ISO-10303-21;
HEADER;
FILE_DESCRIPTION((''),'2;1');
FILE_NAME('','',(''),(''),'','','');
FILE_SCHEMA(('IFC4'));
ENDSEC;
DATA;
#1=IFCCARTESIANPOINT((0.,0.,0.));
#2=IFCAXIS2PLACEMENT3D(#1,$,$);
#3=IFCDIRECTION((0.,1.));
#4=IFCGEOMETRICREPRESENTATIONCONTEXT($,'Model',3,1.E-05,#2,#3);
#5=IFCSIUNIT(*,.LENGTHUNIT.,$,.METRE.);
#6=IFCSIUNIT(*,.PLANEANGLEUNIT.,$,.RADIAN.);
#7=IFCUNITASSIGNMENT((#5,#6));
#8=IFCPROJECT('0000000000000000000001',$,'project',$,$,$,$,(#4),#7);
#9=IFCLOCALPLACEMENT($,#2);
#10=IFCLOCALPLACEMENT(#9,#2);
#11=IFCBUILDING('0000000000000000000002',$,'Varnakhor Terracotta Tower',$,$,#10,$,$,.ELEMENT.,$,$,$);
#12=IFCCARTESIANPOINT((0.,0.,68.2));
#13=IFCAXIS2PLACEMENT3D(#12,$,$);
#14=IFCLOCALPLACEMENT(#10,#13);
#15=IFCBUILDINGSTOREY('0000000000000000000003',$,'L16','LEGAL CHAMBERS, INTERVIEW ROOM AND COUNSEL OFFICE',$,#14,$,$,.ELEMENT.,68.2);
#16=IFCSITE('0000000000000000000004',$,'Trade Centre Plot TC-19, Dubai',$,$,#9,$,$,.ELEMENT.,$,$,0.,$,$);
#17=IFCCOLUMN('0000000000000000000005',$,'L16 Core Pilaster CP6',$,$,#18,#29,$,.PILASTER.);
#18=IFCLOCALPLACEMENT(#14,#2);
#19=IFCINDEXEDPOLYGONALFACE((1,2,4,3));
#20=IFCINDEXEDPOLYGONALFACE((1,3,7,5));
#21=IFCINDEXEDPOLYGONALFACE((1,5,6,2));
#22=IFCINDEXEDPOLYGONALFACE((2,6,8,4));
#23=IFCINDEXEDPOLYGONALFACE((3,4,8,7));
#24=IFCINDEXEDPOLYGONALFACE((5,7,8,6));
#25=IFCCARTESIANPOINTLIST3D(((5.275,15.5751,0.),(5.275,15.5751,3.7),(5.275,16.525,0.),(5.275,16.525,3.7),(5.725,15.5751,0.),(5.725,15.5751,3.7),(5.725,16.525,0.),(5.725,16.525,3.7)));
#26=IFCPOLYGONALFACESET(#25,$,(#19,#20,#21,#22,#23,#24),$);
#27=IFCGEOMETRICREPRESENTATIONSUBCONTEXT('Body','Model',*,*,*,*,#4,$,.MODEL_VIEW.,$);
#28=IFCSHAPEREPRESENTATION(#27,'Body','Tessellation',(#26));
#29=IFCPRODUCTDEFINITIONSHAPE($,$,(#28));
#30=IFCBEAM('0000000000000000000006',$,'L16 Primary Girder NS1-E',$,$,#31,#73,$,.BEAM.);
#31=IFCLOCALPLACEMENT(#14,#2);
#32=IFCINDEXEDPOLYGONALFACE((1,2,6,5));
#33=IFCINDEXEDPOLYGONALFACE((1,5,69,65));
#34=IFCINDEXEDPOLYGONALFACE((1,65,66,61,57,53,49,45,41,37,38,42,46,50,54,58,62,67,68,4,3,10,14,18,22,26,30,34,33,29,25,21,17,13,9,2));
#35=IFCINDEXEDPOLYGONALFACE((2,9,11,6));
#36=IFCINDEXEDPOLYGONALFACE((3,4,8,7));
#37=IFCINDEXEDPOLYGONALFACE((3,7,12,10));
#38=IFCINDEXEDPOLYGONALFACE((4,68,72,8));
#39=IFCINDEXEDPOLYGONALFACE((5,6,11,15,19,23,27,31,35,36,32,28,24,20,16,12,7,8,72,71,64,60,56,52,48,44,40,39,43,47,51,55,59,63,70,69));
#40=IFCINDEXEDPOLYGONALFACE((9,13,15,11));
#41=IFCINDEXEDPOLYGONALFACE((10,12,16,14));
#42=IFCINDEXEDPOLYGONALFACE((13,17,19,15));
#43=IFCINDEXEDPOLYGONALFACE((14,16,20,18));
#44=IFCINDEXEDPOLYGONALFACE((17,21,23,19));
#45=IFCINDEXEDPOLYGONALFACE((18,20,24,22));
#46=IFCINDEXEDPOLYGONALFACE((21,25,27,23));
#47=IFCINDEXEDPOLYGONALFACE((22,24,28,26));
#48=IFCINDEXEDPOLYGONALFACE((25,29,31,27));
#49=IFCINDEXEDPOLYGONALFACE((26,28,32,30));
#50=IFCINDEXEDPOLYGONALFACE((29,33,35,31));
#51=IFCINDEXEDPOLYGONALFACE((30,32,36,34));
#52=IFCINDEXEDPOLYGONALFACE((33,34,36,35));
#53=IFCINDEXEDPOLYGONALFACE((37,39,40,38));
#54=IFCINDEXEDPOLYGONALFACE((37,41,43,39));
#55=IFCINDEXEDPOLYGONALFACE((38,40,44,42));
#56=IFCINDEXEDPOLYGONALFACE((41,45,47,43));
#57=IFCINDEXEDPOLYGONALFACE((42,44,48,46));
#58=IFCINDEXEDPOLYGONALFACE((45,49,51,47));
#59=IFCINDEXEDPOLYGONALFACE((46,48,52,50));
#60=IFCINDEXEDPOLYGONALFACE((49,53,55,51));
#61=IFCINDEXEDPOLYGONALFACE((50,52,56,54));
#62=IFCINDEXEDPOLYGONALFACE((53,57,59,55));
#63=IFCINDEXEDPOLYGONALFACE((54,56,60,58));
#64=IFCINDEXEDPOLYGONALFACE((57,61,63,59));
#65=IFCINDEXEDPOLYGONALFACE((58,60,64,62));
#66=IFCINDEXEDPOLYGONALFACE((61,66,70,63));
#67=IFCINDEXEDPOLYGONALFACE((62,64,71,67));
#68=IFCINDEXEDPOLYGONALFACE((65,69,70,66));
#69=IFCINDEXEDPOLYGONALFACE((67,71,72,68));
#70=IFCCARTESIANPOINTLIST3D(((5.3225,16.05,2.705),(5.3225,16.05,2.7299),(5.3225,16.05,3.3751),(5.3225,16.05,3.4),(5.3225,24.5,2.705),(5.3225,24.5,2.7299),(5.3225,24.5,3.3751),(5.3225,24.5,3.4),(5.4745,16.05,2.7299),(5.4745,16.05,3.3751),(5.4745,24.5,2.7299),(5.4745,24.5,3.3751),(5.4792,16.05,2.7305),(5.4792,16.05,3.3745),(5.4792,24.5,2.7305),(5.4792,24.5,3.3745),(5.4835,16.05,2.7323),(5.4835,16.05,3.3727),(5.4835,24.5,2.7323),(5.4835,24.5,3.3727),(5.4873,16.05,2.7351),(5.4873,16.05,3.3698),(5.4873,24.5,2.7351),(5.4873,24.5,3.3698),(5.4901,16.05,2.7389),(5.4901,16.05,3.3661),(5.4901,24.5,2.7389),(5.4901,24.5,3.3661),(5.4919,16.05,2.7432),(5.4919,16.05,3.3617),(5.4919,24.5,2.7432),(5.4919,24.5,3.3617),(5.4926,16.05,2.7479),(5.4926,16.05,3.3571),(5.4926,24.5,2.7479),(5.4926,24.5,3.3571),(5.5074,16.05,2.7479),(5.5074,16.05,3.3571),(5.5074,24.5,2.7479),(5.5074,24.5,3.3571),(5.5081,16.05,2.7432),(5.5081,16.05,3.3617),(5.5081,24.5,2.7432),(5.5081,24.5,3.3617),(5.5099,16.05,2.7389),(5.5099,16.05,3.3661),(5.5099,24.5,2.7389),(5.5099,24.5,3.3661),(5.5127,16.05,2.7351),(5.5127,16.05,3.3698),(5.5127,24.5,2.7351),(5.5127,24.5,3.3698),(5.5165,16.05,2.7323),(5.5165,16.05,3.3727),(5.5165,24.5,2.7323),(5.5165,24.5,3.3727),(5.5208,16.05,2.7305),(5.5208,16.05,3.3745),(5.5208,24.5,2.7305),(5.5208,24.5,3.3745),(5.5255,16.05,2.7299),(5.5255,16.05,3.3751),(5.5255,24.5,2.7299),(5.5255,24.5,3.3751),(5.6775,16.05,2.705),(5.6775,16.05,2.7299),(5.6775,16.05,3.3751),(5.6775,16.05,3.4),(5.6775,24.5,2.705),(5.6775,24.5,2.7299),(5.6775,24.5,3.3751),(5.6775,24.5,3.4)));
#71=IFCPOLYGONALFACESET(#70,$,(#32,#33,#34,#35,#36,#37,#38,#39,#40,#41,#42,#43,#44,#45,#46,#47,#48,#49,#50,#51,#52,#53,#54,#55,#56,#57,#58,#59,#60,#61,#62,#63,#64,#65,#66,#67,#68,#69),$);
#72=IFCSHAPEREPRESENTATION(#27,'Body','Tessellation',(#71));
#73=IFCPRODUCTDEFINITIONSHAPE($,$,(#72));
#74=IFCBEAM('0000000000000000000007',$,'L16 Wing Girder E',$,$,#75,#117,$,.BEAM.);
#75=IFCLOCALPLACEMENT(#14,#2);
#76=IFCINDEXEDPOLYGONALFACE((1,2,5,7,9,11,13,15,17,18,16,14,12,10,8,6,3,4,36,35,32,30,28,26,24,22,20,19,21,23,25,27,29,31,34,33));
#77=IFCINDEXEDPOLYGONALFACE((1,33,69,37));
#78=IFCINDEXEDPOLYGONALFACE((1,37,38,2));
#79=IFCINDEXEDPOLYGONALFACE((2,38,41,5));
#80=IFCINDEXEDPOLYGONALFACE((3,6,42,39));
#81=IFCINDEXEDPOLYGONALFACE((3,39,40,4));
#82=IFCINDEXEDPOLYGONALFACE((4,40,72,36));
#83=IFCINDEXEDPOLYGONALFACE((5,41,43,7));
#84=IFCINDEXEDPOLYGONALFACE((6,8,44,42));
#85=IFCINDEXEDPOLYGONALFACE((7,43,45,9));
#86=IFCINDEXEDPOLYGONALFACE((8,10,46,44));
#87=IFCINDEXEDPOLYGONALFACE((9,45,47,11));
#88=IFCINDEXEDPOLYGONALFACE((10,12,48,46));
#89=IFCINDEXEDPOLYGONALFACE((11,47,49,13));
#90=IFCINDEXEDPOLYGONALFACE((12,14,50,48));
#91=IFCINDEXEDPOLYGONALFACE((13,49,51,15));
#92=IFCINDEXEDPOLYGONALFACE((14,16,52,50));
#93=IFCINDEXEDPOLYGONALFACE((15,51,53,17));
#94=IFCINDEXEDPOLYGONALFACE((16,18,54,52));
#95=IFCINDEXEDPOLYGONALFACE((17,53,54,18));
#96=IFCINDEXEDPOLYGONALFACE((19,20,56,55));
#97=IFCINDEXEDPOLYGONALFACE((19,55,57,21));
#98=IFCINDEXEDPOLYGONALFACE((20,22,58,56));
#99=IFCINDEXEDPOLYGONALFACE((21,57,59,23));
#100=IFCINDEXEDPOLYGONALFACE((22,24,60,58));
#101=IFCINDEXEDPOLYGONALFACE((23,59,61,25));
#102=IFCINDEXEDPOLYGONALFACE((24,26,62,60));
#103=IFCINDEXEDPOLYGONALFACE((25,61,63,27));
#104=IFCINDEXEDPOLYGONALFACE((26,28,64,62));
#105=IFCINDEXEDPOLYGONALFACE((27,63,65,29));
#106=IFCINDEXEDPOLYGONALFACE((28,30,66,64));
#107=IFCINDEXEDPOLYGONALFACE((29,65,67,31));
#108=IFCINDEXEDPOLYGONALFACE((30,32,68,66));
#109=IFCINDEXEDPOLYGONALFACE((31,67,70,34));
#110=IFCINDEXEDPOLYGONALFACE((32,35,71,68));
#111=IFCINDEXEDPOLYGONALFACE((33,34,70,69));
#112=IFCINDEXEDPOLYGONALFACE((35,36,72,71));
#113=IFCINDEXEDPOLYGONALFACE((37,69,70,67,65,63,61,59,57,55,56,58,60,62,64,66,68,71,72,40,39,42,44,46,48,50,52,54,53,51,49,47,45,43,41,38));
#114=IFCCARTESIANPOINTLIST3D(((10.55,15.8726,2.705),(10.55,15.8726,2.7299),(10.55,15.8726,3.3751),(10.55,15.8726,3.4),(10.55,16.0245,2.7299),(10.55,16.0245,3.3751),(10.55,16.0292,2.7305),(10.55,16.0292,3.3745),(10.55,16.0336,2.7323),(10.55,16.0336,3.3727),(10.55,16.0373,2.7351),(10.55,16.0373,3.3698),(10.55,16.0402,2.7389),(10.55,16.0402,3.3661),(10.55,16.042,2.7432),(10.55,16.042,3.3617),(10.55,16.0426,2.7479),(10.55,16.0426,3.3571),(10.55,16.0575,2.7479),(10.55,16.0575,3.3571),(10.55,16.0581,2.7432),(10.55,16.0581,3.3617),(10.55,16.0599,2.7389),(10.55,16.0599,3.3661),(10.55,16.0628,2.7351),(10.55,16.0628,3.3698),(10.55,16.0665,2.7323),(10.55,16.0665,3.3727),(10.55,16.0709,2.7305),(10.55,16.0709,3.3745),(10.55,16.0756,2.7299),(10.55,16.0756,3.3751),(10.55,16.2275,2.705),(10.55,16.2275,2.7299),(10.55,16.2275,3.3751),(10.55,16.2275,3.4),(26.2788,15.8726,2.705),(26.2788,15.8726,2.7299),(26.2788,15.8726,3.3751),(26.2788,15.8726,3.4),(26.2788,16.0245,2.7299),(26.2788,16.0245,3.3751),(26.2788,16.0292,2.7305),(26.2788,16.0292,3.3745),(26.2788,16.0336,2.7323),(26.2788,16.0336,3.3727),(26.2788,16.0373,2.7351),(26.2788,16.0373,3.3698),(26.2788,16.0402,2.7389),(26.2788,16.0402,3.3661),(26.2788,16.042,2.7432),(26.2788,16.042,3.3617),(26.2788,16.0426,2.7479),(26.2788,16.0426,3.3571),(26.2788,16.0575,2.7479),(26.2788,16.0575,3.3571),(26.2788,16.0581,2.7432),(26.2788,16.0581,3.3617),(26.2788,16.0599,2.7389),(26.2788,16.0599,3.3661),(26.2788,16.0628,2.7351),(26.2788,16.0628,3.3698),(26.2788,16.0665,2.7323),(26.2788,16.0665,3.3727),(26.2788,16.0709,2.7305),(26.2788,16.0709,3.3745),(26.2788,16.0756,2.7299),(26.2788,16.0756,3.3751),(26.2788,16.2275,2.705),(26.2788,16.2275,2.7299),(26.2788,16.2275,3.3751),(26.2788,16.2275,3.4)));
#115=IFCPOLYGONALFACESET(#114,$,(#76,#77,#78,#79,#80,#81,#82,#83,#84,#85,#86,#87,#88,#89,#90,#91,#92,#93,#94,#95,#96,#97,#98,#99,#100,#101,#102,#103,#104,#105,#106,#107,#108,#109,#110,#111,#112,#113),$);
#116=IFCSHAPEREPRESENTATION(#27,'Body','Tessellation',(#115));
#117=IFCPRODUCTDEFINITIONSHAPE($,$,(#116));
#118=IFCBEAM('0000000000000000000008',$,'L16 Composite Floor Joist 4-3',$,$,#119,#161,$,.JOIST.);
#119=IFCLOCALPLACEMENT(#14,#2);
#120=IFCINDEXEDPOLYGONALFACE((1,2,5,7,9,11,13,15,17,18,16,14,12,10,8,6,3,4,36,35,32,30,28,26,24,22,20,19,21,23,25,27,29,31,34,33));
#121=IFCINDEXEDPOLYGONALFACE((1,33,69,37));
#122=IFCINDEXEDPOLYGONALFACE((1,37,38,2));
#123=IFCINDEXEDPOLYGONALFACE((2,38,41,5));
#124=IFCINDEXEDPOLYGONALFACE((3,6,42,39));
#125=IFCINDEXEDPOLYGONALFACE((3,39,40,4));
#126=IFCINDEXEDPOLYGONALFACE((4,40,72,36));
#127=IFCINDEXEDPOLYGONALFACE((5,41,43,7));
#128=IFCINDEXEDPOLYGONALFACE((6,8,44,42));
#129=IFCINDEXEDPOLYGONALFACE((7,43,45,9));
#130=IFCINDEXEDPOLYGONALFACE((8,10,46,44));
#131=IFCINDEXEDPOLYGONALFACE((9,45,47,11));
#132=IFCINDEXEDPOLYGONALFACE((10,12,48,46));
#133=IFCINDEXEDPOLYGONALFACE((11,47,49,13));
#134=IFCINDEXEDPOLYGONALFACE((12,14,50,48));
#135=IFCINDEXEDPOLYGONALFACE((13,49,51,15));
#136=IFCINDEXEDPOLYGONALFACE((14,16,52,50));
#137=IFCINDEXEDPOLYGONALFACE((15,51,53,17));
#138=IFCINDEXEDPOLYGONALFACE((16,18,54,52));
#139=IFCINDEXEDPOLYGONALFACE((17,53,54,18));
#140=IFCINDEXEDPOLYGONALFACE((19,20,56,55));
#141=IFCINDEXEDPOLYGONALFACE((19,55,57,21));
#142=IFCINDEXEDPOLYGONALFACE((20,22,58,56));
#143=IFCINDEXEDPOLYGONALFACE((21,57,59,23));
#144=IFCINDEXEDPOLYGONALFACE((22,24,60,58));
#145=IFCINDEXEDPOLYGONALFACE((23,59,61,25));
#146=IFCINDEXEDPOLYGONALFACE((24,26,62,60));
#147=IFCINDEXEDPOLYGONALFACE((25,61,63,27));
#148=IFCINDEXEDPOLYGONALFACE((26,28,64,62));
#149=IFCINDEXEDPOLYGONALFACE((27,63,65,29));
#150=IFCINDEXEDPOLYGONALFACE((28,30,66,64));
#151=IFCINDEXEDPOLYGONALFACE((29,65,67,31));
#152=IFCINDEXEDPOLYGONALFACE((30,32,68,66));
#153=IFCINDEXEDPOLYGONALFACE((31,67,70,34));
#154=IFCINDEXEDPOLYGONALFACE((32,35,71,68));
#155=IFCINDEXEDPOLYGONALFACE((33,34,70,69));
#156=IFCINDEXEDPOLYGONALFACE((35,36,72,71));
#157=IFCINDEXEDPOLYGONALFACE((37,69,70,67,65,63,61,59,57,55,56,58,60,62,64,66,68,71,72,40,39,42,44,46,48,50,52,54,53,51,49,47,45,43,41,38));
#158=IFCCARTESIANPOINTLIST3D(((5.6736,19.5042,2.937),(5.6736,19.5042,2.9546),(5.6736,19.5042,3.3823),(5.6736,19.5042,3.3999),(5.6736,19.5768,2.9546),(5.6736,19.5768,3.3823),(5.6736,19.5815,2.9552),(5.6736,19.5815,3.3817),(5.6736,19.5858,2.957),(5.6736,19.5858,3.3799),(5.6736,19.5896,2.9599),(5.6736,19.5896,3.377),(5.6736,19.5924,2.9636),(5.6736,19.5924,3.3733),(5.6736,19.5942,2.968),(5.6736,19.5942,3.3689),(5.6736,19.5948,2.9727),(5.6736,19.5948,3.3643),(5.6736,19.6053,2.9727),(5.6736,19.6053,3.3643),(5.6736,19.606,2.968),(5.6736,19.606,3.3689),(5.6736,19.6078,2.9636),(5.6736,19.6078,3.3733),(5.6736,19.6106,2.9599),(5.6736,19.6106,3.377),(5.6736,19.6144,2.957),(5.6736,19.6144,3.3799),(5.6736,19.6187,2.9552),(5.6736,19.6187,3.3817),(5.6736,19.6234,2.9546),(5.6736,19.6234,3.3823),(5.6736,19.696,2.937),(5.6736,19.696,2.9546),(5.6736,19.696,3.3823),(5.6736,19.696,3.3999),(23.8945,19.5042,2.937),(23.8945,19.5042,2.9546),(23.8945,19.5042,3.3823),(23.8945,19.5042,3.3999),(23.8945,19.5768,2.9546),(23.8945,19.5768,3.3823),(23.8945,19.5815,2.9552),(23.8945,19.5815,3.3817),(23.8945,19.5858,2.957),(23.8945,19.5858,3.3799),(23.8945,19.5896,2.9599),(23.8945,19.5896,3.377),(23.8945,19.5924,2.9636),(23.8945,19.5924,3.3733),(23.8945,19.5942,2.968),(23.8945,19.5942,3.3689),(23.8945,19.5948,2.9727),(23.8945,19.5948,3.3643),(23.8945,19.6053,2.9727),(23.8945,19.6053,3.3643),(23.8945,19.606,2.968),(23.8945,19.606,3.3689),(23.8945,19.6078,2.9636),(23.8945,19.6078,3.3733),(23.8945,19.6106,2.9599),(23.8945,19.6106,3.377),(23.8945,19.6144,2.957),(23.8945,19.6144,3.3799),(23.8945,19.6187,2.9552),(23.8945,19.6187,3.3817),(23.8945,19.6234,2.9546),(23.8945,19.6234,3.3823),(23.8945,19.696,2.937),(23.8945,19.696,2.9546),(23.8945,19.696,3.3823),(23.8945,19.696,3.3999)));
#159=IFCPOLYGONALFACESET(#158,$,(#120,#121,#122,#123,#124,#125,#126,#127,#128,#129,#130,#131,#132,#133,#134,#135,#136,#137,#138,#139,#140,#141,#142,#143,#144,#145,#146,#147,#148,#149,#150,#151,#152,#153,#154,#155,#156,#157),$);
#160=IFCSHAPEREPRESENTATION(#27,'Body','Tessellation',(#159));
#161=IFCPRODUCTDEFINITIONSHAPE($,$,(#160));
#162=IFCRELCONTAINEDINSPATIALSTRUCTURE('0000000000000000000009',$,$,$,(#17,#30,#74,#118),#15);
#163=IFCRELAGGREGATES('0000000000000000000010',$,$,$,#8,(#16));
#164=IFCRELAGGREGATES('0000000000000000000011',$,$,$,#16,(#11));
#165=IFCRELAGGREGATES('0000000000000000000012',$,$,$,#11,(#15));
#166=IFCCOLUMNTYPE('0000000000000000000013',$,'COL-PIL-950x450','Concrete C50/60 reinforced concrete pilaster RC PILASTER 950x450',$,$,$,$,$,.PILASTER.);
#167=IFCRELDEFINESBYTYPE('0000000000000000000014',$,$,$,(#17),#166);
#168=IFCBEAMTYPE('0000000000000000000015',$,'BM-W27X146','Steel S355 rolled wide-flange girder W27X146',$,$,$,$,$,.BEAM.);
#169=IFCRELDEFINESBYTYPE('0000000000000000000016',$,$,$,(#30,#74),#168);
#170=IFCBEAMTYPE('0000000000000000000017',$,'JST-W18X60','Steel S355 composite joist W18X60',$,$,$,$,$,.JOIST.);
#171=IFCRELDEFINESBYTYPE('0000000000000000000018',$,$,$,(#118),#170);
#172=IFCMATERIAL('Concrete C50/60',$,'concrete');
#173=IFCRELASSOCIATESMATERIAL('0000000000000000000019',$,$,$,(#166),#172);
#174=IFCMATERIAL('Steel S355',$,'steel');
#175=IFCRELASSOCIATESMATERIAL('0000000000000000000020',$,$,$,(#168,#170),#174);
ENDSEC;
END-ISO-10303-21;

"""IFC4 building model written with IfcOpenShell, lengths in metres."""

from ifc_helpers import new_model, si_unit, direction, frame, origin, origin_2d, place, context, subcontext, project, spatial, rectangle, i_section, extrude, source, transform, mapped, material, material_profile, profile_set, type_object, type_shapes, element, save


model = new_model("IFC4")

# Units and contexts
model_context = context("Model", 3, precision=1e-05, world=origin(), true_north=direction((0.0, 1.0)))
body_context = subcontext(model_context, "Body", "Model", "MODEL_VIEW")
ifc_project = project(units=[si_unit("LENGTHUNIT", "METRE"), si_unit("PLANEANGLEUNIT", "RADIAN")], contexts=[model_context])

# Site, building, storey
site_placement = place(None, origin())
site = spatial("IfcSite", under=ifc_project, at=site_placement, Name="Trade Centre Plot TC-19, Dubai", CompositionType="ELEMENT", RefElevation=0.0)
building_placement = place(site_placement, origin())
building = spatial("IfcBuilding", under=site, at=building_placement, Name="Varnakhor Terracotta Tower", CompositionType="ELEMENT")
storey_placement = place(building_placement, frame((0.0, 0.0, 68.2)))
storey = spatial("IfcBuildingStorey", under=building, at=storey_placement, Name="L16", Description="LEGAL CHAMBERS, INTERVIEW ROOM AND COUNSEL OFFICE", CompositionType="ELEMENT", Elevation=68.2)

# Column
ifc_material_1 = material(Name="Concrete C50/60", Category="concrete")
ifc_material_profile_1 = material_profile(ifc_material_1, rectangle(XDim=0.45, YDim=0.95, at=origin_2d()), Name="RC PILASTER 950x450")
ifc_profile_set_1 = profile_set([ifc_material_profile_1], Name="Concrete C50/60")
column_type = type_object("IfcColumnType", Name="COL-PIL-950x450", Description="Concrete C50/60 reinforced concrete pilaster RC PILASTER 950x450", PredefinedType="PILASTER", material=ifc_profile_set_1)
shared_shape_1 = source(origin(), body_context, "Body", "SweptSolid", [
    extrude(rectangle(XDim=0.45, YDim=0.95, at=origin_2d()), origin(), (0.0, 0.0, 1.0), 3.7),
])
column_placement = place(storey_placement, frame((5.5, 16.05, 0.0), z_axis=(0.0, 0.0, 1.0), x_axis=(1.0, 0.0, 0.0)))
element("IfcColumn", 1, at=column_placement, inside=storey, type_object=column_type, Name="L16 Core Pilaster CP6", PredefinedType="PILASTER", context=body_context, shape_type="MappedRepresentation", body=[
    mapped(shared_shape_1, transform((0.0, 0.0, 0.0), scale=1.0)),
])

# Beams
ifc_material_2 = material(Name="Steel S355", Category="steel")
ifc_material_profile_2 = material_profile(ifc_material_2, i_section(OverallWidth=0.355, OverallDepth=0.6951, WebThickness=0.0149, FlangeThickness=0.0249, FilletRadius=0.0181, at=origin_2d()), Name="W27X146")
ifc_profile_set_2 = profile_set([ifc_material_profile_2], Name="Steel S355")
beam_type_1 = type_object("IfcBeamType", Name="BM-W27X146", Description="Steel S355 rolled wide-flange girder W27X146", PredefinedType="BEAM", material=ifc_profile_set_2)
shared_shape_2 = source(origin(), body_context, "Body", "SweptSolid", [
    extrude(i_section(OverallWidth=0.355, OverallDepth=0.6951, WebThickness=0.0149, FlangeThickness=0.0249, FilletRadius=0.0181, at=origin_2d()), origin(), (0.0, 0.0, 1.0), 8.45),
])
type_shapes(beam_type_1, [shared_shape_2])
beam_1_placement = place(storey_placement, frame((5.5, 16.05, 3.0525), z_axis=(0.0, 1.0, 0.0), x_axis=(-1.0, 0.0, 0.0)))
element("IfcBeam", 2, at=beam_1_placement, inside=storey, type_object=beam_type_1, Name="L16 Primary Girder NS1-E", PredefinedType="BEAM", context=body_context, shape_type="MappedRepresentation", body=[
    mapped(shared_shape_2, transform((0.0, 0.0, 0.0), scale=1.0)),
])
shared_shape_3 = source(origin(), body_context, "Body", "SweptSolid", [
    extrude(i_section(OverallWidth=0.355, OverallDepth=0.6951, WebThickness=0.0149, FlangeThickness=0.0249, FilletRadius=0.0181, at=origin_2d()), origin(), (0.0, 0.0, 1.0), 15.7288),
])
beam_2_placement = place(storey_placement, frame((10.55, 16.05, 3.0525), z_axis=(1.0, 0.0, 0.0), x_axis=(0.0, 1.0, 0.0)))
element("IfcBeam", 3, at=beam_2_placement, inside=storey, type_object=beam_type_1, Name="L16 Wing Girder E", PredefinedType="BEAM", context=body_context, shape_type="MappedRepresentation", body=[
    mapped(shared_shape_3, transform((0.0, 0.0, 0.0), scale=1.0)),
])
ifc_material_profile_3 = material_profile(ifc_material_2, i_section(OverallWidth=0.1919, OverallDepth=0.4629, WebThickness=0.0105, FlangeThickness=0.0176, FilletRadius=0.0181, at=origin_2d()), Name="W18X60")
ifc_profile_set_3 = profile_set([ifc_material_profile_3], Name="Steel S355")
beam_type_2 = type_object("IfcBeamType", Name="JST-W18X60", Description="Steel S355 composite joist W18X60", PredefinedType="JOIST", material=ifc_profile_set_3)
shared_shape_4 = source(origin(), body_context, "Body", "SweptSolid", [
    extrude(i_section(OverallWidth=0.1919, OverallDepth=0.4629, WebThickness=0.0105, FlangeThickness=0.0176, FilletRadius=0.0181, at=origin_2d()), origin(), (0.0, 0.0, 1.0), 18.2209),
])
beam_3_placement = place(storey_placement, frame((5.6736, 19.6001, 3.1685), z_axis=(1.0, 0.0, 0.0), x_axis=(0.0, 1.0, 0.0)))
element("IfcBeam", 4, at=beam_3_placement, inside=storey, type_object=beam_type_2, Name="L16 Composite Floor Joist 4-3", PredefinedType="JOIST", context=body_context, shape_type="MappedRepresentation", body=[
    mapped(shared_shape_4, transform((0.0, 0.0, 0.0), scale=1.0)),
])

save(model, "model.ifc")
